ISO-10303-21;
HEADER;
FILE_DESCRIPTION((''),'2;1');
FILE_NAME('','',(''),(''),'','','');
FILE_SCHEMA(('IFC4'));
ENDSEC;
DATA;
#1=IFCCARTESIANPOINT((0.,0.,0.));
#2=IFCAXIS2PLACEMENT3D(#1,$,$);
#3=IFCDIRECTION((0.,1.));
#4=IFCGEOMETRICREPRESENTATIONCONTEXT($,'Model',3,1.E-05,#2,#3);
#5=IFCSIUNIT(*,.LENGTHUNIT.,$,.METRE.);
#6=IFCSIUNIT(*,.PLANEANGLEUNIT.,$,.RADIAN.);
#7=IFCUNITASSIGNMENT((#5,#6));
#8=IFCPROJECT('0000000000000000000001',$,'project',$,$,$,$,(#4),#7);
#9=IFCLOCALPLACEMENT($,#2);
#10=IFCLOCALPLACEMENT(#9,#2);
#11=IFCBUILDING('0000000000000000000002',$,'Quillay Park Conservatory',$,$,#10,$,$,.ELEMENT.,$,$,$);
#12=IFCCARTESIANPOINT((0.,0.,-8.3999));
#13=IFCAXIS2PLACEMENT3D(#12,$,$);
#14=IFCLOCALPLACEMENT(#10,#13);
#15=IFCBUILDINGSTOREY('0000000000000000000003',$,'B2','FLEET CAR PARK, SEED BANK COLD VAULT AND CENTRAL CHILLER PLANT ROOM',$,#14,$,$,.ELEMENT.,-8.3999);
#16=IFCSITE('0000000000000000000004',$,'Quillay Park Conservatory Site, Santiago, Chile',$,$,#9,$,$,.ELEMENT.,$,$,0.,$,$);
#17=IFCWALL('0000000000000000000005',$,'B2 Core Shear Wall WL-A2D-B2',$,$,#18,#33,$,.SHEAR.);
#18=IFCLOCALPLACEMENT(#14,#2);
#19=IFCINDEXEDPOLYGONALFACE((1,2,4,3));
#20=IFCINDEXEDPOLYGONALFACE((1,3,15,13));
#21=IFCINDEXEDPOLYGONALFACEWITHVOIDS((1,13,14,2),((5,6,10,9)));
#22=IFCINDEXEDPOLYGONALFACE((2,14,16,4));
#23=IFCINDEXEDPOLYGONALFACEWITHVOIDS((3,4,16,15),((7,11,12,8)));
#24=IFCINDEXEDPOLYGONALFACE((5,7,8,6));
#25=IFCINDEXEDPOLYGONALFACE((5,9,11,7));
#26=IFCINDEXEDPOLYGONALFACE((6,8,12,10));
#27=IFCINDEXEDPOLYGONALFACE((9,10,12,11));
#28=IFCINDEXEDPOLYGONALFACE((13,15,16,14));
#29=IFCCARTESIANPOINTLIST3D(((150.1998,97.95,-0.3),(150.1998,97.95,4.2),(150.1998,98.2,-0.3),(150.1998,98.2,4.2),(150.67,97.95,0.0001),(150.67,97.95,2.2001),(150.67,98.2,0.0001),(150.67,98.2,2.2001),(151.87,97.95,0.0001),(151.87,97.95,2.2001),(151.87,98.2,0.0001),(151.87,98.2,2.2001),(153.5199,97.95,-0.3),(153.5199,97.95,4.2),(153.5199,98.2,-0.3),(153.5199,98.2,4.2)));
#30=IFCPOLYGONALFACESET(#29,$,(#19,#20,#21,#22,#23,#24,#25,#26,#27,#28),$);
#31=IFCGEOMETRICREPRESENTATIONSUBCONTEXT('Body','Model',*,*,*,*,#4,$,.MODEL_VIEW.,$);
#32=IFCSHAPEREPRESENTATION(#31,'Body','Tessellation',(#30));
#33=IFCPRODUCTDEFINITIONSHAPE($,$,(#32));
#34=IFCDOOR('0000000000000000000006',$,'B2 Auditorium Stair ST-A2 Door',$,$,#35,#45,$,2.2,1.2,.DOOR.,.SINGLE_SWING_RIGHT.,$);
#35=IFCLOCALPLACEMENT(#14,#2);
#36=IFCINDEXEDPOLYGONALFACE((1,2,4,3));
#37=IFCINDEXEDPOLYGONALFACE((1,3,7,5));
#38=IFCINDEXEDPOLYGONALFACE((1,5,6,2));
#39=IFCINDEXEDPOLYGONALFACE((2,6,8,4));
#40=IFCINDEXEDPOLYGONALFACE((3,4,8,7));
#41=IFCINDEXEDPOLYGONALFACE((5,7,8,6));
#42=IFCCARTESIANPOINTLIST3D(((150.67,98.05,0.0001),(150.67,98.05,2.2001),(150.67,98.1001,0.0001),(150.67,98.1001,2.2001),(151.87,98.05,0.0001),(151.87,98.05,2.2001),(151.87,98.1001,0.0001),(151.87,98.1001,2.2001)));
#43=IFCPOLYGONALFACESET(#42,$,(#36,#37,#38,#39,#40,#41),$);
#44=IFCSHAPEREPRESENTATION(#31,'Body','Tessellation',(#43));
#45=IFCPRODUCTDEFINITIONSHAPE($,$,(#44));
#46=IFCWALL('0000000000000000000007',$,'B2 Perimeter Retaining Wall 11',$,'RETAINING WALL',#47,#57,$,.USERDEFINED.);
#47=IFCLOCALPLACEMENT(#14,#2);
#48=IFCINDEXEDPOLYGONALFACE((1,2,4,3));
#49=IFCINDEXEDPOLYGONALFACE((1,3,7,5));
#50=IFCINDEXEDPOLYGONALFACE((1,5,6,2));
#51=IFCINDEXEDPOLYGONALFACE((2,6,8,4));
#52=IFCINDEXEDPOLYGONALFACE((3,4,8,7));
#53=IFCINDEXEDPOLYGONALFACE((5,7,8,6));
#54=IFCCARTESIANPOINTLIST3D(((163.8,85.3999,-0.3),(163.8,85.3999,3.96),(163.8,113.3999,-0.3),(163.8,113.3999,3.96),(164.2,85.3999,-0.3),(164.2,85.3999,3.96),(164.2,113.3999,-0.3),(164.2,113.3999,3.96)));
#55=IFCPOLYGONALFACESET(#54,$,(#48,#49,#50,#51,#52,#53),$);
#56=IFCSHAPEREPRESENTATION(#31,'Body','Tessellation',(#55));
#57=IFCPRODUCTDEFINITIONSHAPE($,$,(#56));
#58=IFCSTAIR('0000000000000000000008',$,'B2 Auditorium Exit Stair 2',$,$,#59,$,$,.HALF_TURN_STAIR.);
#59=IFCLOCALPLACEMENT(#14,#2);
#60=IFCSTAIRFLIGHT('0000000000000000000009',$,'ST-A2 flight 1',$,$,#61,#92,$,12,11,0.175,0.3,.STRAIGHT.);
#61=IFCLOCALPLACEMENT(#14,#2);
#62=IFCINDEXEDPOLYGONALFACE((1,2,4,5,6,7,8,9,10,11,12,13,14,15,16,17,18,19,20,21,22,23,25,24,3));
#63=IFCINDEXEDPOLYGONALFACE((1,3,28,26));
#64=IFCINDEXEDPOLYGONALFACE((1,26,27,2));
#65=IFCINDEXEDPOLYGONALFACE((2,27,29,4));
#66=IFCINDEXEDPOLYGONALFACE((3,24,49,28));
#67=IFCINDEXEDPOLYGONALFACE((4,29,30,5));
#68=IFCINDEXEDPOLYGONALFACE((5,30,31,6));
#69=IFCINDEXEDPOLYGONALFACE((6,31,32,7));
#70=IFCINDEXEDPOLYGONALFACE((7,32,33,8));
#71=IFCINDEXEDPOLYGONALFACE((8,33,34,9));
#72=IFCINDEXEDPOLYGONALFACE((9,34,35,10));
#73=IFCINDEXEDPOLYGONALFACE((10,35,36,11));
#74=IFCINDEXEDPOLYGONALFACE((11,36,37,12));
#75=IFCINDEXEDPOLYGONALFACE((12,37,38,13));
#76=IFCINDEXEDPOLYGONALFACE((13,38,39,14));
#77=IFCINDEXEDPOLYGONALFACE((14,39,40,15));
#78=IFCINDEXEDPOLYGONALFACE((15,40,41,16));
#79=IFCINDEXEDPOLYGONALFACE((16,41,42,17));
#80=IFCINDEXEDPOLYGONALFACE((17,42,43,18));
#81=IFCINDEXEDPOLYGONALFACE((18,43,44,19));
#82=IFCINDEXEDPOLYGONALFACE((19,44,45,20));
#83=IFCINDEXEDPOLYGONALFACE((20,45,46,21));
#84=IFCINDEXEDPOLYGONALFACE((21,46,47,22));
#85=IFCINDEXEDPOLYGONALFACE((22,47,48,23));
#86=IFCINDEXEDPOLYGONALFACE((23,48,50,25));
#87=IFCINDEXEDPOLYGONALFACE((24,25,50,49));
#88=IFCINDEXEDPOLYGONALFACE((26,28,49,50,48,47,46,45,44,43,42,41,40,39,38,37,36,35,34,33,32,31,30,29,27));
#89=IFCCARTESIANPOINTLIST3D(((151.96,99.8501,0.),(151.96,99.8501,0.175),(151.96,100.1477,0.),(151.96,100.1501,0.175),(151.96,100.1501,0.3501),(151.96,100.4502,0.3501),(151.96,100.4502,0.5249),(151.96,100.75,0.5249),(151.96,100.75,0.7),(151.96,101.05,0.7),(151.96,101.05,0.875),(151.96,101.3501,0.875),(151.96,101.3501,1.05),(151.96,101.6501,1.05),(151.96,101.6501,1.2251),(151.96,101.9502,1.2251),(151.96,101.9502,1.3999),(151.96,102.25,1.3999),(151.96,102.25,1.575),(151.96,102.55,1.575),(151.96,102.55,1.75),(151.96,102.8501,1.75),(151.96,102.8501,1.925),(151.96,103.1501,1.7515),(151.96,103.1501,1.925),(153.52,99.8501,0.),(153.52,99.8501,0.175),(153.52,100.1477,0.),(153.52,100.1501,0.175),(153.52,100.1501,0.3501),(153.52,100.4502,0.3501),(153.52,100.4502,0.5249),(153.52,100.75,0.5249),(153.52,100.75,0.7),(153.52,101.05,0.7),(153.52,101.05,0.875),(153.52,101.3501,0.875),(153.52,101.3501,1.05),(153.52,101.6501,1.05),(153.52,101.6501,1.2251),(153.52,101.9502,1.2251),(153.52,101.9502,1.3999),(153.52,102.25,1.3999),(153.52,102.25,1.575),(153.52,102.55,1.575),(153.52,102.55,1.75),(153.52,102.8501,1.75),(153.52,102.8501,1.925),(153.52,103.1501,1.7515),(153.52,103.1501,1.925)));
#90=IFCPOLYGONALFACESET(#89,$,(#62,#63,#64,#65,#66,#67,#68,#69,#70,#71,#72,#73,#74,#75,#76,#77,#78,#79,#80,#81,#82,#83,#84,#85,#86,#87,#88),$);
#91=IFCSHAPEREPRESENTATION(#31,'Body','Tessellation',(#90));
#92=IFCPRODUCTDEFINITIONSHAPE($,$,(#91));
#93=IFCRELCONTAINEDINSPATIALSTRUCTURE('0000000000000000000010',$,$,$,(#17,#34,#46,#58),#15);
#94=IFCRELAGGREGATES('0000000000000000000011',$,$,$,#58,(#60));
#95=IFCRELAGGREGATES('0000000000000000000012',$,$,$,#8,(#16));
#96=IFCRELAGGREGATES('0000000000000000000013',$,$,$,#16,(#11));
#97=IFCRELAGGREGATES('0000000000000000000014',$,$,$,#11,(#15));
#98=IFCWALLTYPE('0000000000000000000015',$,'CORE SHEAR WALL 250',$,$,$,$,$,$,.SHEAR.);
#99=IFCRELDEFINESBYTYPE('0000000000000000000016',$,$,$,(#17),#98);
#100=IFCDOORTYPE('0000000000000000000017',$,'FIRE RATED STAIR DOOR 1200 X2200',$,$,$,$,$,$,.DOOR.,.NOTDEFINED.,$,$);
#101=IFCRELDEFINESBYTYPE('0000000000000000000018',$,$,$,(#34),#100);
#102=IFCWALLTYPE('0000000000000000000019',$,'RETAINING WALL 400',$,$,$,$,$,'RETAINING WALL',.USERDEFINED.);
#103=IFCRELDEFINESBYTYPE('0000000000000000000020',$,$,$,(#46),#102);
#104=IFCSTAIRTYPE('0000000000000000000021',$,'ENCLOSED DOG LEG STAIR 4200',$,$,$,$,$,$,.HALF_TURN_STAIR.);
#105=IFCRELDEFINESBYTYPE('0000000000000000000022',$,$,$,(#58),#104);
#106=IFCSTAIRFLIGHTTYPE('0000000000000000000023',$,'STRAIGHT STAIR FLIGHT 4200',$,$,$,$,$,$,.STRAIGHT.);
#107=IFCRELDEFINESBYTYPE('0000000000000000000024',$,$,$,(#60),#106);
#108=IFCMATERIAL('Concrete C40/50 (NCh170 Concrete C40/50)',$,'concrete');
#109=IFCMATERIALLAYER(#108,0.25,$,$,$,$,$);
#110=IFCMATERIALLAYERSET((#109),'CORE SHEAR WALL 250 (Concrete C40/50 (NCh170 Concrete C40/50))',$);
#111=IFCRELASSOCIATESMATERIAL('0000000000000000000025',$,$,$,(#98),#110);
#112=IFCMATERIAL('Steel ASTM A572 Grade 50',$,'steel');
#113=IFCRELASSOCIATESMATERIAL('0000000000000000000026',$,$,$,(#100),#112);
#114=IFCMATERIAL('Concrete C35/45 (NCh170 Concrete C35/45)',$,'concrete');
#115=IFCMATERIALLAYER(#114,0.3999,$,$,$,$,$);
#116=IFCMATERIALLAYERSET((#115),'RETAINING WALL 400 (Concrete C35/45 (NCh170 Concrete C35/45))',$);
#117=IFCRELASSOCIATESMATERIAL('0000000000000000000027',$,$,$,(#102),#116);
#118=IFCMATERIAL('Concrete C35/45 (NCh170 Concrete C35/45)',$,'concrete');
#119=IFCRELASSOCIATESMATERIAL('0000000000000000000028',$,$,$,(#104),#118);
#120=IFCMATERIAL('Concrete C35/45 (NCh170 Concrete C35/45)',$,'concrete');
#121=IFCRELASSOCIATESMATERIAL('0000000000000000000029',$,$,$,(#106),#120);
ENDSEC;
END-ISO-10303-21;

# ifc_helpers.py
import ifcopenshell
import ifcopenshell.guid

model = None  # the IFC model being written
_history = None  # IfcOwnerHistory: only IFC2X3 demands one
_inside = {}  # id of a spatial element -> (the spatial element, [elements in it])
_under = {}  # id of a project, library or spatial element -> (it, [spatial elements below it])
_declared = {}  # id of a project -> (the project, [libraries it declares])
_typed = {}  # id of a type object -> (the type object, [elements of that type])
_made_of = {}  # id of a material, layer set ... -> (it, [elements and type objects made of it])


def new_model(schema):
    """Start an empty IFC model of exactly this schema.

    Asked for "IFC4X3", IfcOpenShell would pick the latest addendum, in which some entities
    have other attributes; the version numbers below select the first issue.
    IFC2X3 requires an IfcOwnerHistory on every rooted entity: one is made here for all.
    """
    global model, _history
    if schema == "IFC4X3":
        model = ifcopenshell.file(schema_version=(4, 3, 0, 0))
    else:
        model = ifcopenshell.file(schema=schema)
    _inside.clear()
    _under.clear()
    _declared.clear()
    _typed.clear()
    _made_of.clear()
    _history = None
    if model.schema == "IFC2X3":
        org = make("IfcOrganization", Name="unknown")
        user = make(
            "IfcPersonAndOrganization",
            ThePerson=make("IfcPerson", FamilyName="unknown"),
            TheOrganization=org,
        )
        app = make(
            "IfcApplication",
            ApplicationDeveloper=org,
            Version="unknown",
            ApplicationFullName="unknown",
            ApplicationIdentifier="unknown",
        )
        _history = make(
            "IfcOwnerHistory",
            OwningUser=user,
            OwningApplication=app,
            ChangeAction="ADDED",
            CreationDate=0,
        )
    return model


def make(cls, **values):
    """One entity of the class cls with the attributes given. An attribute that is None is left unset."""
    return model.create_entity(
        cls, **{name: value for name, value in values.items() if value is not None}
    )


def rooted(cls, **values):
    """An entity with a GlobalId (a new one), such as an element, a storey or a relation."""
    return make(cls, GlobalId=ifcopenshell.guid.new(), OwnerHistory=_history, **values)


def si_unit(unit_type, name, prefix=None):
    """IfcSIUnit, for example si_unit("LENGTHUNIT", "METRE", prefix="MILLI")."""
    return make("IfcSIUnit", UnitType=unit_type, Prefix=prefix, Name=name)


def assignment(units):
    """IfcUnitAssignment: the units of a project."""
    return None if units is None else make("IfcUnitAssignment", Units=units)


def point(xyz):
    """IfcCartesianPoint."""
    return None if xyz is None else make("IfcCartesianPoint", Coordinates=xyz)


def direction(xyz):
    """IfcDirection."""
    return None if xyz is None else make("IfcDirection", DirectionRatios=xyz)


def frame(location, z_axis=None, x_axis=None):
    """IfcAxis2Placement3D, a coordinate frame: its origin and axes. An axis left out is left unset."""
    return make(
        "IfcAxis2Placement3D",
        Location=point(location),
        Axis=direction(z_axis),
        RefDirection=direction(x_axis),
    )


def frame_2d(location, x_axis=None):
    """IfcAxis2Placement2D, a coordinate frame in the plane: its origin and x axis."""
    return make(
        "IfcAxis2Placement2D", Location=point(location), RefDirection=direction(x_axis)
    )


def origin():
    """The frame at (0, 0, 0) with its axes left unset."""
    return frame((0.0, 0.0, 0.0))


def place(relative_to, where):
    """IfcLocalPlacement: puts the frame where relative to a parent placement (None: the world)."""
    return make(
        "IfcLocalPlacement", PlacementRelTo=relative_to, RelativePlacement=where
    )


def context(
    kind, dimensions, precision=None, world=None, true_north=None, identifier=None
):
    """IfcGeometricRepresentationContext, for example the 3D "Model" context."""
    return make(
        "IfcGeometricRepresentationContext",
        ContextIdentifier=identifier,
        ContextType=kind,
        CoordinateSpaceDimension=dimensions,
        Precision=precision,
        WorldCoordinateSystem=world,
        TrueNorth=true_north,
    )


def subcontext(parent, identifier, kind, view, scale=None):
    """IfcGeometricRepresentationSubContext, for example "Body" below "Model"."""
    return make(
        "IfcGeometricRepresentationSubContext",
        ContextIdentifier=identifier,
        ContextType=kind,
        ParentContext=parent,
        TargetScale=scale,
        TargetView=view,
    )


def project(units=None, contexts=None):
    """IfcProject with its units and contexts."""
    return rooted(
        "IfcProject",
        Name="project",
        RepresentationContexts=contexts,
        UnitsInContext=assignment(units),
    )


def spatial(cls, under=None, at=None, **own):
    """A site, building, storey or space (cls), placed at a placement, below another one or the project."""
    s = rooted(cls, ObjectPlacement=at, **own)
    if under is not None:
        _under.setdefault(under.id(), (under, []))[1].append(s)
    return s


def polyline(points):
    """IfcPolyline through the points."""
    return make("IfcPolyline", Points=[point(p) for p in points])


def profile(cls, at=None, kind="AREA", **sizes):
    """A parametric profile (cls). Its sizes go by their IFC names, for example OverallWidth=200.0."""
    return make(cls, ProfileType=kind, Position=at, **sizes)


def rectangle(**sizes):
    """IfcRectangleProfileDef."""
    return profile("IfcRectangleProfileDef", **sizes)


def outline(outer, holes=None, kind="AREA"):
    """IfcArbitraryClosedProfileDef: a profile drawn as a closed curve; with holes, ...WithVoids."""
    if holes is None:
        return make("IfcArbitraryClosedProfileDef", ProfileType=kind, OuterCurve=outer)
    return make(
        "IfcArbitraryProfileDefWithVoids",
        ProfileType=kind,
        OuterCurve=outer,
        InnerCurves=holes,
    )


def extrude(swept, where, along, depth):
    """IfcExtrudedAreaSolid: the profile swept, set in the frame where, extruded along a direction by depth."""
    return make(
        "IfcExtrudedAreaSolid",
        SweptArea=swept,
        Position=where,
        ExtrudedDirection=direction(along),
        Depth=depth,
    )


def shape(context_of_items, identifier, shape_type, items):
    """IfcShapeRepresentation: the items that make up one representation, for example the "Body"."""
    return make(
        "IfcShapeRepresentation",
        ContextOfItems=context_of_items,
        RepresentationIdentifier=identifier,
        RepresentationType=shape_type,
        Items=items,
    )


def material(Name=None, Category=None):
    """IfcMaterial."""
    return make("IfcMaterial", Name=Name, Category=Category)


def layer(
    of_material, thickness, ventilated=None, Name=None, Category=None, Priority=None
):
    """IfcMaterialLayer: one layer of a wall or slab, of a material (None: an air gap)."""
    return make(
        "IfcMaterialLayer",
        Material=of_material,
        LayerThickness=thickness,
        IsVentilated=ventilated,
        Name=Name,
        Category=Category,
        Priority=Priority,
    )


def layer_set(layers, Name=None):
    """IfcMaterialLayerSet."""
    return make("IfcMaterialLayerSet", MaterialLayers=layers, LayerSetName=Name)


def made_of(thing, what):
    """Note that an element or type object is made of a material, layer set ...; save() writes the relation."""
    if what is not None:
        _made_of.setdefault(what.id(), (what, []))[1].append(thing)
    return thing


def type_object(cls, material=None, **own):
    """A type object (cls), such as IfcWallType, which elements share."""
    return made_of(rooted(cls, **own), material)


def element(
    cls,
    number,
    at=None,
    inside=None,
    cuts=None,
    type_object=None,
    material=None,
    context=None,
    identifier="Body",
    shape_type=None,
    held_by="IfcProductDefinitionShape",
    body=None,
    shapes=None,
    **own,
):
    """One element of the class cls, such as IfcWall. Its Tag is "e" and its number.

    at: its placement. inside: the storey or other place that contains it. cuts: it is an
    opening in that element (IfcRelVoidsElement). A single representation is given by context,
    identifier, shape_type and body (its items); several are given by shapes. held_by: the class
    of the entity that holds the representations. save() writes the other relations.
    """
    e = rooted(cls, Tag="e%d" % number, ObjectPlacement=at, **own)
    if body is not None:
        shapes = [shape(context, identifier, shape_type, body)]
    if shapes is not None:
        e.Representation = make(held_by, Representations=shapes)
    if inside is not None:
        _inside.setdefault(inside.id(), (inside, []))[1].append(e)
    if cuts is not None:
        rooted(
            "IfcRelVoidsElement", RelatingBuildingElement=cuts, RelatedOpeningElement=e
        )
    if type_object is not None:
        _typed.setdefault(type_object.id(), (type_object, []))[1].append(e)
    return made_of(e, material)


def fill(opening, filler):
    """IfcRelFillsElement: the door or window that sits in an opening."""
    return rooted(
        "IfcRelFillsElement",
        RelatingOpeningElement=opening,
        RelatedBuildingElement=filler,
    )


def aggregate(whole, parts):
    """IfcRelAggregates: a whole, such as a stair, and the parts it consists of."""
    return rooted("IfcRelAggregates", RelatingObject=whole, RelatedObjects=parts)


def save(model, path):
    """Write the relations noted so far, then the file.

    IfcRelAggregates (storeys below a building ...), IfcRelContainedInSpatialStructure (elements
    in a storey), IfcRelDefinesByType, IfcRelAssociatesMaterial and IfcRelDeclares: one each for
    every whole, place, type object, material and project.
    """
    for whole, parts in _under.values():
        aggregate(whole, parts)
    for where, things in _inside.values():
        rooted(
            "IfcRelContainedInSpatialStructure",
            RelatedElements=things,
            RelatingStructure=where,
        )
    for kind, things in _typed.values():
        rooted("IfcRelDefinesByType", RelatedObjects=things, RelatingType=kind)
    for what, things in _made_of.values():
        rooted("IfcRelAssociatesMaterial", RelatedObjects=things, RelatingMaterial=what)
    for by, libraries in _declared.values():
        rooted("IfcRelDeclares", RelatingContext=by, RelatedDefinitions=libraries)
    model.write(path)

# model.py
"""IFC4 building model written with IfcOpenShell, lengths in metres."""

from ifc_helpers import new_model, si_unit, direction, frame, frame_2d, origin, place, context, subcontext, project, spatial, polyline, rectangle, outline, extrude, material, layer, layer_set, type_object, element, fill, aggregate, save


model = new_model("IFC4")

# Units and contexts
model_context = context("Model", 3, precision=1e-05, world=origin(), true_north=direction((0.0, 1.0)))
body_context = subcontext(model_context, "Body", "Model", "MODEL_VIEW")
ifc_project = project(units=[si_unit("LENGTHUNIT", "METRE"), si_unit("PLANEANGLEUNIT", "RADIAN")], contexts=[model_context])

# Site, building, storey
site_placement = place(None, origin())
site = spatial("IfcSite", under=ifc_project, at=site_placement, Name="Quillay Park Conservatory Site, Santiago, Chile", CompositionType="ELEMENT", RefElevation=0.0)
building_placement = place(site_placement, origin())
building = spatial("IfcBuilding", under=site, at=building_placement, Name="Quillay Park Conservatory", CompositionType="ELEMENT")
storey_placement = place(building_placement, frame((0.0, 0.0, -8.3999)))
storey = spatial("IfcBuildingStorey", under=building, at=storey_placement, Name="B2", Description="FLEET CAR PARK, SEED BANK COLD VAULT AND CENTRAL CHILLER PLANT ROOM", CompositionType="ELEMENT", Elevation=-8.3999)

# Shared definitions
ifc_material_1 = material(Name="Concrete C40/50 (NCh170 Concrete C40/50)", Category="concrete")
ifc_layer_1 = layer(ifc_material_1, 0.25)
ifc_layer_set_1 = layer_set([ifc_layer_1], Name="CORE SHEAR WALL 250 (Concrete C40/50 (NCh170 Concrete C40/50))")
wall_type_1 = type_object("IfcWallType", Name="CORE SHEAR WALL 250", PredefinedType="SHEAR", material=ifc_layer_set_1)

# Wall, opening, door
wall_1_placement = place(storey_placement, frame((153.52, 98.075, -0.3), z_axis=(0.0, 0.0, 1.0), x_axis=(-1.0, 0.0, 0.0)))
wall_1 = element("IfcWall", 1, at=wall_1_placement, inside=storey, type_object=wall_type_1, Name="B2 Core Shear Wall WL-A2D-B2", PredefinedType="SHEAR", context=body_context, shape_type="SweptSolid", body=[
    extrude(rectangle(XDim=3.3201, YDim=0.25, at=frame_2d((1.6602, 0.0))), origin(), (0.0, 0.0, 1.0), 4.5),
])
opening_placement = place(wall_1_placement, frame((1.6499, 0.0, 0.3)))
opening = element("IfcOpeningElement", 2, at=opening_placement, cuts=wall_1, PredefinedType="OPENING", context=body_context, shape_type="SweptSolid", body=[
    extrude(rectangle(XDim=1.2, YDim=2.2, at=frame_2d((0.6001, 1.1001))), frame((0.0, 0.125, 0.0), z_axis=(0.0, -1.0, 0.0), x_axis=(1.0, 0.0, 0.0)), (0.0, 0.0, 1.0), 0.25),
])
ifc_material_2 = material(Name="Steel ASTM A572 Grade 50", Category="steel")
door_type = type_object("IfcDoorType", Name="FIRE RATED STAIR DOOR 1200 X2200", OperationType="NOTDEFINED", PredefinedType="DOOR", material=ifc_material_2)
door_placement = place(opening_placement, origin())
door = element("IfcDoor", 3, at=door_placement, inside=storey, type_object=door_type, Name="B2 Auditorium Stair ST-A2 Door", OperationType="SINGLE_SWING_RIGHT", OverallHeight=2.2, OverallWidth=1.2, PredefinedType="DOOR", context=body_context, shape_type="SweptSolid", body=[
    extrude(rectangle(XDim=1.2, YDim=2.2, at=frame_2d((0.6001, 1.1001))), frame((0.0, 0.0249, 0.0), z_axis=(0.0, -1.0, 0.0), x_axis=(1.0, 0.0, 0.0)), (0.0, 0.0, 1.0), 0.05),
])
fill(opening, door)

# Wall
ifc_material_3 = material(Name="Concrete C35/45 (NCh170 Concrete C35/45)", Category="concrete")
ifc_layer_2 = layer(ifc_material_3, 0.3999)
ifc_layer_set_2 = layer_set([ifc_layer_2], Name="RETAINING WALL 400 (Concrete C35/45 (NCh170 Concrete C35/45))")
wall_type_2 = type_object("IfcWallType", Name="RETAINING WALL 400", ElementType="RETAINING WALL", PredefinedType="USERDEFINED", material=ifc_layer_set_2)
wall_2_placement = place(storey_placement, frame((164.0, 113.3999, -0.3), z_axis=(0.0, 0.0, 1.0), x_axis=(0.0, -1.0, 0.0)))
element("IfcWall", 4, at=wall_2_placement, inside=storey, type_object=wall_type_2, Name="B2 Perimeter Retaining Wall 11", ObjectType="RETAINING WALL", PredefinedType="USERDEFINED", context=body_context, shape_type="SweptSolid", body=[
    extrude(rectangle(XDim=28.0, YDim=0.3999, at=frame_2d((14.0, 0.0))), origin(), (0.0, 0.0, 1.0), 4.26),
])

# Stair, stair flight
ifc_material_4 = material(Name="Concrete C35/45 (NCh170 Concrete C35/45)", Category="concrete")
stair_type = type_object("IfcStairType", Name="ENCLOSED DOG LEG STAIR 4200", PredefinedType="HALF_TURN_STAIR", material=ifc_material_4)
stair_placement = place(storey_placement, origin())
stair = element("IfcStair", 5, at=stair_placement, inside=storey, type_object=stair_type, Name="B2 Auditorium Exit Stair 2", PredefinedType="HALF_TURN_STAIR")
ifc_material_5 = material(Name="Concrete C35/45 (NCh170 Concrete C35/45)", Category="concrete")
stair_flight_type = type_object("IfcStairFlightType", Name="STRAIGHT STAIR FLIGHT 4200", PredefinedType="STRAIGHT", material=ifc_material_5)
stair_flight_placement = place(storey_placement, frame((152.74, 99.8501, 0.0), z_axis=(0.0, 0.0, 1.0), x_axis=(0.0, 1.0, 0.0)))
stair_flight = element("IfcStairFlight", 6, at=stair_flight_placement, type_object=stair_flight_type, Name="ST-A2 flight 1", NumberOfRisers=12, NumberOfTreads=11, PredefinedType="STRAIGHT", RiserHeight=0.175, TreadLength=0.3, context=body_context, shape_type="SweptSolid", body=[
    extrude(outline(polyline([(0.0, 0.0), (0.0, 0.175), (0.3, 0.175), (0.3, 0.3501), (0.6001, 0.3501), (0.6001, 0.5249), (0.8999, 0.5249), (0.8999, 0.7), (1.2, 0.7), (1.2, 0.875), (1.5, 0.875), (1.5, 1.05), (1.8, 1.05), (1.8, 1.2251), (2.1001, 1.2251), (2.1001, 1.3999), (2.3999, 1.3999), (2.3999, 1.575), (2.7, 1.575), (2.7, 1.75), (3.0, 1.75), (3.0, 1.925), (3.3, 1.925), (3.3, 2.1001), (3.3, 1.7515), (0.2976, 0.0), (0.0, 0.0)])), frame((0.0, 0.78, 0.0), z_axis=(0.0, -1.0, 0.0), x_axis=(1.0, 0.0, 0.0)), (0.0, 0.0, 1.0), 1.5601),
])
aggregate(stair, [stair_flight])

save(model, "model.ifc")
